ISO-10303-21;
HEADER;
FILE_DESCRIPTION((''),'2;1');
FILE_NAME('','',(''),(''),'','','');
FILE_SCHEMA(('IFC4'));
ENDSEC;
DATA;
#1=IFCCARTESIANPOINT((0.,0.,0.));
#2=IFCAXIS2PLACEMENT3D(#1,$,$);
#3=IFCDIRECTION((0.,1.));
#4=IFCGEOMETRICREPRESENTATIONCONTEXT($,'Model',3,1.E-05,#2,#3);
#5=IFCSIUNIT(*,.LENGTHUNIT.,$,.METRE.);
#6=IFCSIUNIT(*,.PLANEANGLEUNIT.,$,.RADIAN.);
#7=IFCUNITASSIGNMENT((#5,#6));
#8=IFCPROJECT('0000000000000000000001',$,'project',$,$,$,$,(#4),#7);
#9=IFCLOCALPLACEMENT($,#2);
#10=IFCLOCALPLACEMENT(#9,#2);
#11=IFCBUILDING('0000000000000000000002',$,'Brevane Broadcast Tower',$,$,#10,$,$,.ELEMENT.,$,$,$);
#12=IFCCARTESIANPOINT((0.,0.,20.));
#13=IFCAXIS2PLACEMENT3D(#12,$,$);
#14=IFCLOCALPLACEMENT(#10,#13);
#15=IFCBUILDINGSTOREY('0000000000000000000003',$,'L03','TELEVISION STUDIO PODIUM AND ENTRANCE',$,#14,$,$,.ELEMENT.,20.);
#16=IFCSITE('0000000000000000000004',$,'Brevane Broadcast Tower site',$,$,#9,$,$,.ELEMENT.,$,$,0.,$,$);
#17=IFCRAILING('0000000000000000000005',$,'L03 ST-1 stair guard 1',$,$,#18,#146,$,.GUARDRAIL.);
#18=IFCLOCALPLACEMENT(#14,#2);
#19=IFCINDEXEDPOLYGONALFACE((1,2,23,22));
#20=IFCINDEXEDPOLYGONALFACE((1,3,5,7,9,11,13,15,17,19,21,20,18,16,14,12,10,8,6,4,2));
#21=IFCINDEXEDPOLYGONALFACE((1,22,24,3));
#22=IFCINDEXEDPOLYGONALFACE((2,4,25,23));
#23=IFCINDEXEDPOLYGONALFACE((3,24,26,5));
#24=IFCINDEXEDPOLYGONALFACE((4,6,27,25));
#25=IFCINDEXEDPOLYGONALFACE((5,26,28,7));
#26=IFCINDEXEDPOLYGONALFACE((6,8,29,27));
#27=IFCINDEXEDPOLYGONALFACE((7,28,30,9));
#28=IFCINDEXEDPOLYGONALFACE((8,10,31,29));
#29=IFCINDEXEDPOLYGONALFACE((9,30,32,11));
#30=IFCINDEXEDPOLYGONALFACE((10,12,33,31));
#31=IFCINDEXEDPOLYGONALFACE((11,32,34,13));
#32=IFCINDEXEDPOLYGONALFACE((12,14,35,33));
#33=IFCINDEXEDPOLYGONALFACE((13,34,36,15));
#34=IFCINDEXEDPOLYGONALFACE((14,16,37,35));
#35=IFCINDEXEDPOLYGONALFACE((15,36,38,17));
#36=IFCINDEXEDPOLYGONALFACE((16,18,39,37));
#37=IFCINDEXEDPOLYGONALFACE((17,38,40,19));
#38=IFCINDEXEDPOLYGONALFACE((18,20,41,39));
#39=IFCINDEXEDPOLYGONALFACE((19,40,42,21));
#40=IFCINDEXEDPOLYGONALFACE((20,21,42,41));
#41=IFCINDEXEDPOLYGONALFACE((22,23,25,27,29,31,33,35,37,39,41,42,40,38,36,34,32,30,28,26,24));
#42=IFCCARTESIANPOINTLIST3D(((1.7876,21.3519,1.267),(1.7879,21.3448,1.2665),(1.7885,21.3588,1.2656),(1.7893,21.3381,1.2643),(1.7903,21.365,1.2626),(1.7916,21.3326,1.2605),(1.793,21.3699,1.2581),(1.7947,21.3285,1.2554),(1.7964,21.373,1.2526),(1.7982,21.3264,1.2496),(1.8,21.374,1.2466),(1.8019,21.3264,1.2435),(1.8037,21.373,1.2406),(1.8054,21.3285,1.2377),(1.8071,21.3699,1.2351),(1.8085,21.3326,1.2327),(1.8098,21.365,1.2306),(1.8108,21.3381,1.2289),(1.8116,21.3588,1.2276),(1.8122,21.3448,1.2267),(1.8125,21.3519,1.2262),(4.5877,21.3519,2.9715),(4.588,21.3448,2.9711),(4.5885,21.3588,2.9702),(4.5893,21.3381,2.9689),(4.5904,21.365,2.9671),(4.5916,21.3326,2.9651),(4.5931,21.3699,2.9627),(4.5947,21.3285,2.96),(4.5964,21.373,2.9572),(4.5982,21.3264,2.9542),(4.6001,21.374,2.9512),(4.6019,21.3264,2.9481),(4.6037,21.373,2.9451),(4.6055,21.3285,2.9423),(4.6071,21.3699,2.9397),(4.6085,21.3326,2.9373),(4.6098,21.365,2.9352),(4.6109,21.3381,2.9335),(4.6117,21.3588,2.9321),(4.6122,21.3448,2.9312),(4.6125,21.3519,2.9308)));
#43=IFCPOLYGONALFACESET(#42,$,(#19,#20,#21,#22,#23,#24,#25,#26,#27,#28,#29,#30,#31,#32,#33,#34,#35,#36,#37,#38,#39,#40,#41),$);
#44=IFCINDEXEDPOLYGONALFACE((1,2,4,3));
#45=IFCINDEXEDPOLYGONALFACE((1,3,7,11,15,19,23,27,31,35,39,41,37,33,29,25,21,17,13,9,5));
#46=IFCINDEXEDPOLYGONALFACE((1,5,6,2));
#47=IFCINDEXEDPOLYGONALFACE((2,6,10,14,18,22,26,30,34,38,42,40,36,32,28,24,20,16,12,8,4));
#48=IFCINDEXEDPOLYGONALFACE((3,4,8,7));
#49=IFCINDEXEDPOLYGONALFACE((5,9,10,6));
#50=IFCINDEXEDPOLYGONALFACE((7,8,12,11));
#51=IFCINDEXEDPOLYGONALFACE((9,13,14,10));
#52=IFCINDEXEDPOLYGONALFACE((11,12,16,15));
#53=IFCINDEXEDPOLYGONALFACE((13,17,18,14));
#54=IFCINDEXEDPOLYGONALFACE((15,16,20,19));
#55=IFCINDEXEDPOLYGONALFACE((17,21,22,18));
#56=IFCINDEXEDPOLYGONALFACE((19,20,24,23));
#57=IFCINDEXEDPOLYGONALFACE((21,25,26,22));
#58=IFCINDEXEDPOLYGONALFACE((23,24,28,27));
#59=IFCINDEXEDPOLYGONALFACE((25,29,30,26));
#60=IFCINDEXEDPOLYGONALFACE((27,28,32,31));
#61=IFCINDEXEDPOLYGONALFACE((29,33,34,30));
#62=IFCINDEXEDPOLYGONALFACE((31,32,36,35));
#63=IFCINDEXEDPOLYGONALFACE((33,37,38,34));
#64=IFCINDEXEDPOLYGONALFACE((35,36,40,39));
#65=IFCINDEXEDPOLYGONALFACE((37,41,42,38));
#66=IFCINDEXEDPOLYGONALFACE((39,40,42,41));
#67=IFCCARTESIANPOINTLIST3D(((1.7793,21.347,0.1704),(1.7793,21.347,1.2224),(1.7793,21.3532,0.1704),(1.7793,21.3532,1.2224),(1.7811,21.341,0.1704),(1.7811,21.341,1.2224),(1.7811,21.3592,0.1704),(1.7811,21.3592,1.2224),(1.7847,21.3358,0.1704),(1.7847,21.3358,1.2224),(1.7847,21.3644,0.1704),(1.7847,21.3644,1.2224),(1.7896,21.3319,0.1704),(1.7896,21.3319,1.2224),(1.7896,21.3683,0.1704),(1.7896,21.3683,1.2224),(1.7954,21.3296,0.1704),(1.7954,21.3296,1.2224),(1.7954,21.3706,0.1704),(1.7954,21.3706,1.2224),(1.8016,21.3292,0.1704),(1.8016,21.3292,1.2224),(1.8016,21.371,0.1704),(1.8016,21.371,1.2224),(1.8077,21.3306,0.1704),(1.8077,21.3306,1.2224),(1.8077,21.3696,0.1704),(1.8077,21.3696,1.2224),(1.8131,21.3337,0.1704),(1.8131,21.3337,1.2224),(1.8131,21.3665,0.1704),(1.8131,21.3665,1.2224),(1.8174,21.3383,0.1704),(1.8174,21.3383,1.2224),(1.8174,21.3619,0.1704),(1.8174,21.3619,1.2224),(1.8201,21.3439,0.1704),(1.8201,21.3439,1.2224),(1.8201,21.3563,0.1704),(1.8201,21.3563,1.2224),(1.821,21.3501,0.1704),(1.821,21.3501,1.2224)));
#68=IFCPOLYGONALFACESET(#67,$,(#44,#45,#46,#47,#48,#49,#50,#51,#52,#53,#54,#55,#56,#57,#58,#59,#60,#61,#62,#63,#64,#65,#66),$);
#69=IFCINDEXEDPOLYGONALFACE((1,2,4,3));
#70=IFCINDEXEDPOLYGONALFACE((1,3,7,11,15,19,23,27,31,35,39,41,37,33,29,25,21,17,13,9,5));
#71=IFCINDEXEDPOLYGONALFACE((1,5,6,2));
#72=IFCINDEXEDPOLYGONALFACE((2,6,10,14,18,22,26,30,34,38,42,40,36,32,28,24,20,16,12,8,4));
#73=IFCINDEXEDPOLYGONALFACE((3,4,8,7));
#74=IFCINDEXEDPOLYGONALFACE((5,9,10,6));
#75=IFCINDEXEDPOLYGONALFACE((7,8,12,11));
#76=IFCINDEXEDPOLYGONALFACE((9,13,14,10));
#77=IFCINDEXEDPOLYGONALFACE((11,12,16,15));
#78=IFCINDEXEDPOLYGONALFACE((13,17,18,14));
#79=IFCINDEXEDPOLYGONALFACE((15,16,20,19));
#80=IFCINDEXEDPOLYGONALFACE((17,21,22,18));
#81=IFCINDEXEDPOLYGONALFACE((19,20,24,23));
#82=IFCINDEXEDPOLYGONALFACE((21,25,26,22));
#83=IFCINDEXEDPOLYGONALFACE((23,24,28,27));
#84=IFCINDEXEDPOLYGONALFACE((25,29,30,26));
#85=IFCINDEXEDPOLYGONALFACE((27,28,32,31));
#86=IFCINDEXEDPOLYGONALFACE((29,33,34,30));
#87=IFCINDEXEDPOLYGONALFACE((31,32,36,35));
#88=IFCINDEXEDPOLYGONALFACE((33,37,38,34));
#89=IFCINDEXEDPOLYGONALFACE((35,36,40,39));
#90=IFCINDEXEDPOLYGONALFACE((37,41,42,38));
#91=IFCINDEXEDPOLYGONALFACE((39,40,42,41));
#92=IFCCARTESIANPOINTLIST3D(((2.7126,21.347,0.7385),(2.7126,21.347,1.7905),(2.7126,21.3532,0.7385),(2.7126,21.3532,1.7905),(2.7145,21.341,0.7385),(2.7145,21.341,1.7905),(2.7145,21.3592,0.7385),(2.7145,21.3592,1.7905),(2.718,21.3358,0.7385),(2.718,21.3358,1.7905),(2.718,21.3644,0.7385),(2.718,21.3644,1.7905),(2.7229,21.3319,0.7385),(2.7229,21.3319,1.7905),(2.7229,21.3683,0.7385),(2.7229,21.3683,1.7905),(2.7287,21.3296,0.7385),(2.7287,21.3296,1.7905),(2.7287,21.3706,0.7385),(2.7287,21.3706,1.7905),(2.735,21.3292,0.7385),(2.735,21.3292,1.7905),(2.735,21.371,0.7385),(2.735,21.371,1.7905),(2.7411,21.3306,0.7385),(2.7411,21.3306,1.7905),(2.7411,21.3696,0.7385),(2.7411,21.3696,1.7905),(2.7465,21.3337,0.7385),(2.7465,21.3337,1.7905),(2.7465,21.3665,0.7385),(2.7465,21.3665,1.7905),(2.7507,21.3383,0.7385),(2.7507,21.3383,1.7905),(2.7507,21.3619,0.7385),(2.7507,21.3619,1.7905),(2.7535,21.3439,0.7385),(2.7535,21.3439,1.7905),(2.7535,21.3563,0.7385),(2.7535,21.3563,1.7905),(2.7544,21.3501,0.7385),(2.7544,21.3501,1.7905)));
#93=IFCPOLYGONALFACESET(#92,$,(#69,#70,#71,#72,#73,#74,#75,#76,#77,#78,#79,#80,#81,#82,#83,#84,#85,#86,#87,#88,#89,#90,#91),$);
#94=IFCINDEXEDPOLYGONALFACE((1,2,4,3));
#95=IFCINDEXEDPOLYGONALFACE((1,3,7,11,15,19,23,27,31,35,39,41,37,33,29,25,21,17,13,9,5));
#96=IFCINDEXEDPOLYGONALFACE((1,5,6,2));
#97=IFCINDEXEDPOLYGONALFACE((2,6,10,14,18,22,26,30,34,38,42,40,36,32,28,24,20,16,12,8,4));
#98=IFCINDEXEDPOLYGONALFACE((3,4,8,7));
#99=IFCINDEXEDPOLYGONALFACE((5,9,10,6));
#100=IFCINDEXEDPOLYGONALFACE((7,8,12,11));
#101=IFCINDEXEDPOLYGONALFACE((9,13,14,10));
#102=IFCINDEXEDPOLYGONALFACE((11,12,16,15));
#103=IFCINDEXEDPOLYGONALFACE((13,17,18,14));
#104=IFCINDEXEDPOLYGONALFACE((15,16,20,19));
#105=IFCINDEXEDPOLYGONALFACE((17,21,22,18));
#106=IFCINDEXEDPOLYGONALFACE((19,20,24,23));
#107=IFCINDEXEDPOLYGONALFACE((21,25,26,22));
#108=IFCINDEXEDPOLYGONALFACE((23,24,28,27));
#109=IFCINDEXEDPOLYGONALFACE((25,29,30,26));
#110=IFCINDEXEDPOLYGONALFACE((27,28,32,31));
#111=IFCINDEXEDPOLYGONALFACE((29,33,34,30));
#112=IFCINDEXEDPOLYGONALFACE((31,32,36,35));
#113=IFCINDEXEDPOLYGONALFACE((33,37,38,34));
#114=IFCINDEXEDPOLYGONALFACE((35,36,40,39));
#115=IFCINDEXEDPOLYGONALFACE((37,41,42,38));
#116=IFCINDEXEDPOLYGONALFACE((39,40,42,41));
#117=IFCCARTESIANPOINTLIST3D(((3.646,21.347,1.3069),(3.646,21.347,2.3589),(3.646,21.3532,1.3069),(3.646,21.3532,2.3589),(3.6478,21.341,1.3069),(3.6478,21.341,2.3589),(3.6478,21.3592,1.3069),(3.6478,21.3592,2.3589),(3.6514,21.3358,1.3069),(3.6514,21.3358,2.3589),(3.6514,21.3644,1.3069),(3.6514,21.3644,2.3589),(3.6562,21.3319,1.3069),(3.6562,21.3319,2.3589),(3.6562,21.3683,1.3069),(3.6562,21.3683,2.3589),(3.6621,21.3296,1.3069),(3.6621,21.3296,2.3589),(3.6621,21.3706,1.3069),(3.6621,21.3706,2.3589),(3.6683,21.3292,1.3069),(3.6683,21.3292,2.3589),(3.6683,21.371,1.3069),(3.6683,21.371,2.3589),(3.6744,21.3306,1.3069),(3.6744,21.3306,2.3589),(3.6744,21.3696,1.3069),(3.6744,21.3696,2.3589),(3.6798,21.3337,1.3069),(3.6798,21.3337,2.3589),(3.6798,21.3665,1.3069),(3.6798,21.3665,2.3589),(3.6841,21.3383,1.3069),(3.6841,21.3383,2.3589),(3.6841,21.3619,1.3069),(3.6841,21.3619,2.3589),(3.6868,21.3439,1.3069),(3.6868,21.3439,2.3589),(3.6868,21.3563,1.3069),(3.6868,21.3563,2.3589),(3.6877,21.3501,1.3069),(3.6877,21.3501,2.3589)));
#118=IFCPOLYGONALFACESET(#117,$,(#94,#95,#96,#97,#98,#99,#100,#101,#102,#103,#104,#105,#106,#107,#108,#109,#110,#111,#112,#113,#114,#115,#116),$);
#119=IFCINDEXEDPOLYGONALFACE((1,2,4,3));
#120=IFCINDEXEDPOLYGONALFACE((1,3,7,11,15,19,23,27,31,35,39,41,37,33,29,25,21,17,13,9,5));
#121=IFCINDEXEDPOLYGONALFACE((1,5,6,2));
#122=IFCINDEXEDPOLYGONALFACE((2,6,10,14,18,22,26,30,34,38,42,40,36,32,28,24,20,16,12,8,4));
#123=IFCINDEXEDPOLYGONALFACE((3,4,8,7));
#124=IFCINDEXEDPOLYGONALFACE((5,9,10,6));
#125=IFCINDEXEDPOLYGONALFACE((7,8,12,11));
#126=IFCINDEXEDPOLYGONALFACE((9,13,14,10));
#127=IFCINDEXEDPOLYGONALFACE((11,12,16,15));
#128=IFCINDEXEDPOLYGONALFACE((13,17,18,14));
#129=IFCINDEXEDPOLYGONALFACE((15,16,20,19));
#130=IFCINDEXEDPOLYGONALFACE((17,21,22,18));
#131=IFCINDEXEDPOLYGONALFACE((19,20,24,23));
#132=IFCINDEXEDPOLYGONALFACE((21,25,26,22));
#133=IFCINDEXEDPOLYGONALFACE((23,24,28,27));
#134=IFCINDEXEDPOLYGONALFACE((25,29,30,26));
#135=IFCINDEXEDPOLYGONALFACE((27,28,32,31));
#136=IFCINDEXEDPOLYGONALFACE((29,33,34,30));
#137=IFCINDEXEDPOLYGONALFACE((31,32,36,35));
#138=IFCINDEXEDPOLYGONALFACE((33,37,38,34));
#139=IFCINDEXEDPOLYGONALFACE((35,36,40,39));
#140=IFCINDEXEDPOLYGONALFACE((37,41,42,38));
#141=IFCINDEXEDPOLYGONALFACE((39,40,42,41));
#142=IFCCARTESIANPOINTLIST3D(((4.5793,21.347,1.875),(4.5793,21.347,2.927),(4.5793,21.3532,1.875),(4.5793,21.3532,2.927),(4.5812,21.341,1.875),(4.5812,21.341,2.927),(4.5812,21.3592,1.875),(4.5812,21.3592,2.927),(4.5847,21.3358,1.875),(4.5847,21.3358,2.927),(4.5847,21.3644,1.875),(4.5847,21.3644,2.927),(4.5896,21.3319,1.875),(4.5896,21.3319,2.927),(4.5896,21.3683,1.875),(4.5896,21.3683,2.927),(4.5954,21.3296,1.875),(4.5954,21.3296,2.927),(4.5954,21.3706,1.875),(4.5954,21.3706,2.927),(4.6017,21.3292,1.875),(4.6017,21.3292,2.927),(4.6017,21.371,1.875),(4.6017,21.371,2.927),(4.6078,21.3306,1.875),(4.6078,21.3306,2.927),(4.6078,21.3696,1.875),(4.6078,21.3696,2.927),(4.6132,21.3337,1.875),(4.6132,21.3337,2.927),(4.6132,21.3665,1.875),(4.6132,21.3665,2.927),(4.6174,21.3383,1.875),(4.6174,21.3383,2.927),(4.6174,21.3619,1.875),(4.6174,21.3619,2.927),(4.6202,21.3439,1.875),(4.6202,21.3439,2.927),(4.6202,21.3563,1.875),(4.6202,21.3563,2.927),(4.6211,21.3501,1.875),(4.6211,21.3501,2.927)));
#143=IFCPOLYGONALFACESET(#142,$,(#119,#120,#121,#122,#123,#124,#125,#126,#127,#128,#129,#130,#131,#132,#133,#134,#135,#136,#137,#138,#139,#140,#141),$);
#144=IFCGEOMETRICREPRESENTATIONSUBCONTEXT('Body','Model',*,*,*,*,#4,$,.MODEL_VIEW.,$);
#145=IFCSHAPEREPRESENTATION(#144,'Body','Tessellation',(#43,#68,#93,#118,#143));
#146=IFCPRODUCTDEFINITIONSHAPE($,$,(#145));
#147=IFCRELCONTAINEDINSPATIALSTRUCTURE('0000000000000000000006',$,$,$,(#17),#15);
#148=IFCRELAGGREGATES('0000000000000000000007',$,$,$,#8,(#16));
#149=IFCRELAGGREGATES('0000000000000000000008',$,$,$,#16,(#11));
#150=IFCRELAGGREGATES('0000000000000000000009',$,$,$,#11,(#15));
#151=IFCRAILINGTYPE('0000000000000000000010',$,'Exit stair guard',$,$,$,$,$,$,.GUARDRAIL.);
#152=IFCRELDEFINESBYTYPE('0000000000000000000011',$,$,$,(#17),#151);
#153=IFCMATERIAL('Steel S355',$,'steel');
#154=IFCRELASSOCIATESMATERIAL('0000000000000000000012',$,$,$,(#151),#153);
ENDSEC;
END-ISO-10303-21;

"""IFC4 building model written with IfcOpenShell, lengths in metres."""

from ifc_helpers import new_model, si_unit, direction, frame, origin, origin_2d, place, context, subcontext, project, spatial, circle, extrude, material, type_object, element, save


model = new_model("IFC4")

# Units and contexts
model_context = context("Model", 3, precision=1e-05, world=origin(), true_north=direction((0.0, 1.0)))
body_context = subcontext(model_context, "Body", "Model", "MODEL_VIEW")
ifc_project = project(units=[si_unit("LENGTHUNIT", "METRE"), si_unit("PLANEANGLEUNIT", "RADIAN")], contexts=[model_context])

# Site, building, storey
site_placement = place(None, origin())
site = spatial("IfcSite", under=ifc_project, at=site_placement, Name="Brevane Broadcast Tower site", CompositionType="ELEMENT", RefElevation=0.0)
building_placement = place(site_placement, origin())
building = spatial("IfcBuilding", under=site, at=building_placement, Name="Brevane Broadcast Tower", CompositionType="ELEMENT")
storey_placement = place(building_placement, frame((0.0, 0.0, 20.0)))
storey = spatial("IfcBuildingStorey", under=building, at=storey_placement, Name="L03", Description="TELEVISION STUDIO PODIUM AND ENTRANCE", CompositionType="ELEMENT", Elevation=20.0)

# Railing
ifc_material_1 = material(Name="Steel S355", Category="steel")
railing_type_1 = type_object("IfcRailingType", Name="Exit stair guard", PredefinedType="GUARDRAIL", material=ifc_material_1)
railing_1_placement = place(storey_placement, frame((1.8, 21.3501, 0.1704)))
element("IfcRailing", 1, at=railing_1_placement, inside=storey, type_object=railing_type_1, Name="L03 ST-1 stair guard 1", PredefinedType="GUARDRAIL", context=body_context, shape_type="SweptSolid", body=[
    extrude(circle(Radius=0.0239, at=origin_2d()), frame((0.0, 0.0, 1.0762), z_axis=(0.85417, 0.0, 0.519994), x_axis=(0.0, 1.0, 0.0)), (0.0, 0.0, 1.0), 3.2781),
    extrude(circle(Radius=0.021, at=origin_2d()), origin(), (0.0, 0.0, 1.0), 1.052),
    extrude(circle(Radius=0.021, at=origin_2d()), frame((0.9333, 0.0, 0.5681)), (0.0, 0.0, 1.0), 1.052),
    extrude(circle(Radius=0.021, at=origin_2d()), frame((1.8667, 0.0, 1.1365)), (0.0, 0.0, 1.0), 1.052),
    extrude(circle(Radius=0.021, at=origin_2d()), frame((2.8, 0.0, 1.7046)), (0.0, 0.0, 1.0), 1.052),
])

save(model, "model.ifc")
